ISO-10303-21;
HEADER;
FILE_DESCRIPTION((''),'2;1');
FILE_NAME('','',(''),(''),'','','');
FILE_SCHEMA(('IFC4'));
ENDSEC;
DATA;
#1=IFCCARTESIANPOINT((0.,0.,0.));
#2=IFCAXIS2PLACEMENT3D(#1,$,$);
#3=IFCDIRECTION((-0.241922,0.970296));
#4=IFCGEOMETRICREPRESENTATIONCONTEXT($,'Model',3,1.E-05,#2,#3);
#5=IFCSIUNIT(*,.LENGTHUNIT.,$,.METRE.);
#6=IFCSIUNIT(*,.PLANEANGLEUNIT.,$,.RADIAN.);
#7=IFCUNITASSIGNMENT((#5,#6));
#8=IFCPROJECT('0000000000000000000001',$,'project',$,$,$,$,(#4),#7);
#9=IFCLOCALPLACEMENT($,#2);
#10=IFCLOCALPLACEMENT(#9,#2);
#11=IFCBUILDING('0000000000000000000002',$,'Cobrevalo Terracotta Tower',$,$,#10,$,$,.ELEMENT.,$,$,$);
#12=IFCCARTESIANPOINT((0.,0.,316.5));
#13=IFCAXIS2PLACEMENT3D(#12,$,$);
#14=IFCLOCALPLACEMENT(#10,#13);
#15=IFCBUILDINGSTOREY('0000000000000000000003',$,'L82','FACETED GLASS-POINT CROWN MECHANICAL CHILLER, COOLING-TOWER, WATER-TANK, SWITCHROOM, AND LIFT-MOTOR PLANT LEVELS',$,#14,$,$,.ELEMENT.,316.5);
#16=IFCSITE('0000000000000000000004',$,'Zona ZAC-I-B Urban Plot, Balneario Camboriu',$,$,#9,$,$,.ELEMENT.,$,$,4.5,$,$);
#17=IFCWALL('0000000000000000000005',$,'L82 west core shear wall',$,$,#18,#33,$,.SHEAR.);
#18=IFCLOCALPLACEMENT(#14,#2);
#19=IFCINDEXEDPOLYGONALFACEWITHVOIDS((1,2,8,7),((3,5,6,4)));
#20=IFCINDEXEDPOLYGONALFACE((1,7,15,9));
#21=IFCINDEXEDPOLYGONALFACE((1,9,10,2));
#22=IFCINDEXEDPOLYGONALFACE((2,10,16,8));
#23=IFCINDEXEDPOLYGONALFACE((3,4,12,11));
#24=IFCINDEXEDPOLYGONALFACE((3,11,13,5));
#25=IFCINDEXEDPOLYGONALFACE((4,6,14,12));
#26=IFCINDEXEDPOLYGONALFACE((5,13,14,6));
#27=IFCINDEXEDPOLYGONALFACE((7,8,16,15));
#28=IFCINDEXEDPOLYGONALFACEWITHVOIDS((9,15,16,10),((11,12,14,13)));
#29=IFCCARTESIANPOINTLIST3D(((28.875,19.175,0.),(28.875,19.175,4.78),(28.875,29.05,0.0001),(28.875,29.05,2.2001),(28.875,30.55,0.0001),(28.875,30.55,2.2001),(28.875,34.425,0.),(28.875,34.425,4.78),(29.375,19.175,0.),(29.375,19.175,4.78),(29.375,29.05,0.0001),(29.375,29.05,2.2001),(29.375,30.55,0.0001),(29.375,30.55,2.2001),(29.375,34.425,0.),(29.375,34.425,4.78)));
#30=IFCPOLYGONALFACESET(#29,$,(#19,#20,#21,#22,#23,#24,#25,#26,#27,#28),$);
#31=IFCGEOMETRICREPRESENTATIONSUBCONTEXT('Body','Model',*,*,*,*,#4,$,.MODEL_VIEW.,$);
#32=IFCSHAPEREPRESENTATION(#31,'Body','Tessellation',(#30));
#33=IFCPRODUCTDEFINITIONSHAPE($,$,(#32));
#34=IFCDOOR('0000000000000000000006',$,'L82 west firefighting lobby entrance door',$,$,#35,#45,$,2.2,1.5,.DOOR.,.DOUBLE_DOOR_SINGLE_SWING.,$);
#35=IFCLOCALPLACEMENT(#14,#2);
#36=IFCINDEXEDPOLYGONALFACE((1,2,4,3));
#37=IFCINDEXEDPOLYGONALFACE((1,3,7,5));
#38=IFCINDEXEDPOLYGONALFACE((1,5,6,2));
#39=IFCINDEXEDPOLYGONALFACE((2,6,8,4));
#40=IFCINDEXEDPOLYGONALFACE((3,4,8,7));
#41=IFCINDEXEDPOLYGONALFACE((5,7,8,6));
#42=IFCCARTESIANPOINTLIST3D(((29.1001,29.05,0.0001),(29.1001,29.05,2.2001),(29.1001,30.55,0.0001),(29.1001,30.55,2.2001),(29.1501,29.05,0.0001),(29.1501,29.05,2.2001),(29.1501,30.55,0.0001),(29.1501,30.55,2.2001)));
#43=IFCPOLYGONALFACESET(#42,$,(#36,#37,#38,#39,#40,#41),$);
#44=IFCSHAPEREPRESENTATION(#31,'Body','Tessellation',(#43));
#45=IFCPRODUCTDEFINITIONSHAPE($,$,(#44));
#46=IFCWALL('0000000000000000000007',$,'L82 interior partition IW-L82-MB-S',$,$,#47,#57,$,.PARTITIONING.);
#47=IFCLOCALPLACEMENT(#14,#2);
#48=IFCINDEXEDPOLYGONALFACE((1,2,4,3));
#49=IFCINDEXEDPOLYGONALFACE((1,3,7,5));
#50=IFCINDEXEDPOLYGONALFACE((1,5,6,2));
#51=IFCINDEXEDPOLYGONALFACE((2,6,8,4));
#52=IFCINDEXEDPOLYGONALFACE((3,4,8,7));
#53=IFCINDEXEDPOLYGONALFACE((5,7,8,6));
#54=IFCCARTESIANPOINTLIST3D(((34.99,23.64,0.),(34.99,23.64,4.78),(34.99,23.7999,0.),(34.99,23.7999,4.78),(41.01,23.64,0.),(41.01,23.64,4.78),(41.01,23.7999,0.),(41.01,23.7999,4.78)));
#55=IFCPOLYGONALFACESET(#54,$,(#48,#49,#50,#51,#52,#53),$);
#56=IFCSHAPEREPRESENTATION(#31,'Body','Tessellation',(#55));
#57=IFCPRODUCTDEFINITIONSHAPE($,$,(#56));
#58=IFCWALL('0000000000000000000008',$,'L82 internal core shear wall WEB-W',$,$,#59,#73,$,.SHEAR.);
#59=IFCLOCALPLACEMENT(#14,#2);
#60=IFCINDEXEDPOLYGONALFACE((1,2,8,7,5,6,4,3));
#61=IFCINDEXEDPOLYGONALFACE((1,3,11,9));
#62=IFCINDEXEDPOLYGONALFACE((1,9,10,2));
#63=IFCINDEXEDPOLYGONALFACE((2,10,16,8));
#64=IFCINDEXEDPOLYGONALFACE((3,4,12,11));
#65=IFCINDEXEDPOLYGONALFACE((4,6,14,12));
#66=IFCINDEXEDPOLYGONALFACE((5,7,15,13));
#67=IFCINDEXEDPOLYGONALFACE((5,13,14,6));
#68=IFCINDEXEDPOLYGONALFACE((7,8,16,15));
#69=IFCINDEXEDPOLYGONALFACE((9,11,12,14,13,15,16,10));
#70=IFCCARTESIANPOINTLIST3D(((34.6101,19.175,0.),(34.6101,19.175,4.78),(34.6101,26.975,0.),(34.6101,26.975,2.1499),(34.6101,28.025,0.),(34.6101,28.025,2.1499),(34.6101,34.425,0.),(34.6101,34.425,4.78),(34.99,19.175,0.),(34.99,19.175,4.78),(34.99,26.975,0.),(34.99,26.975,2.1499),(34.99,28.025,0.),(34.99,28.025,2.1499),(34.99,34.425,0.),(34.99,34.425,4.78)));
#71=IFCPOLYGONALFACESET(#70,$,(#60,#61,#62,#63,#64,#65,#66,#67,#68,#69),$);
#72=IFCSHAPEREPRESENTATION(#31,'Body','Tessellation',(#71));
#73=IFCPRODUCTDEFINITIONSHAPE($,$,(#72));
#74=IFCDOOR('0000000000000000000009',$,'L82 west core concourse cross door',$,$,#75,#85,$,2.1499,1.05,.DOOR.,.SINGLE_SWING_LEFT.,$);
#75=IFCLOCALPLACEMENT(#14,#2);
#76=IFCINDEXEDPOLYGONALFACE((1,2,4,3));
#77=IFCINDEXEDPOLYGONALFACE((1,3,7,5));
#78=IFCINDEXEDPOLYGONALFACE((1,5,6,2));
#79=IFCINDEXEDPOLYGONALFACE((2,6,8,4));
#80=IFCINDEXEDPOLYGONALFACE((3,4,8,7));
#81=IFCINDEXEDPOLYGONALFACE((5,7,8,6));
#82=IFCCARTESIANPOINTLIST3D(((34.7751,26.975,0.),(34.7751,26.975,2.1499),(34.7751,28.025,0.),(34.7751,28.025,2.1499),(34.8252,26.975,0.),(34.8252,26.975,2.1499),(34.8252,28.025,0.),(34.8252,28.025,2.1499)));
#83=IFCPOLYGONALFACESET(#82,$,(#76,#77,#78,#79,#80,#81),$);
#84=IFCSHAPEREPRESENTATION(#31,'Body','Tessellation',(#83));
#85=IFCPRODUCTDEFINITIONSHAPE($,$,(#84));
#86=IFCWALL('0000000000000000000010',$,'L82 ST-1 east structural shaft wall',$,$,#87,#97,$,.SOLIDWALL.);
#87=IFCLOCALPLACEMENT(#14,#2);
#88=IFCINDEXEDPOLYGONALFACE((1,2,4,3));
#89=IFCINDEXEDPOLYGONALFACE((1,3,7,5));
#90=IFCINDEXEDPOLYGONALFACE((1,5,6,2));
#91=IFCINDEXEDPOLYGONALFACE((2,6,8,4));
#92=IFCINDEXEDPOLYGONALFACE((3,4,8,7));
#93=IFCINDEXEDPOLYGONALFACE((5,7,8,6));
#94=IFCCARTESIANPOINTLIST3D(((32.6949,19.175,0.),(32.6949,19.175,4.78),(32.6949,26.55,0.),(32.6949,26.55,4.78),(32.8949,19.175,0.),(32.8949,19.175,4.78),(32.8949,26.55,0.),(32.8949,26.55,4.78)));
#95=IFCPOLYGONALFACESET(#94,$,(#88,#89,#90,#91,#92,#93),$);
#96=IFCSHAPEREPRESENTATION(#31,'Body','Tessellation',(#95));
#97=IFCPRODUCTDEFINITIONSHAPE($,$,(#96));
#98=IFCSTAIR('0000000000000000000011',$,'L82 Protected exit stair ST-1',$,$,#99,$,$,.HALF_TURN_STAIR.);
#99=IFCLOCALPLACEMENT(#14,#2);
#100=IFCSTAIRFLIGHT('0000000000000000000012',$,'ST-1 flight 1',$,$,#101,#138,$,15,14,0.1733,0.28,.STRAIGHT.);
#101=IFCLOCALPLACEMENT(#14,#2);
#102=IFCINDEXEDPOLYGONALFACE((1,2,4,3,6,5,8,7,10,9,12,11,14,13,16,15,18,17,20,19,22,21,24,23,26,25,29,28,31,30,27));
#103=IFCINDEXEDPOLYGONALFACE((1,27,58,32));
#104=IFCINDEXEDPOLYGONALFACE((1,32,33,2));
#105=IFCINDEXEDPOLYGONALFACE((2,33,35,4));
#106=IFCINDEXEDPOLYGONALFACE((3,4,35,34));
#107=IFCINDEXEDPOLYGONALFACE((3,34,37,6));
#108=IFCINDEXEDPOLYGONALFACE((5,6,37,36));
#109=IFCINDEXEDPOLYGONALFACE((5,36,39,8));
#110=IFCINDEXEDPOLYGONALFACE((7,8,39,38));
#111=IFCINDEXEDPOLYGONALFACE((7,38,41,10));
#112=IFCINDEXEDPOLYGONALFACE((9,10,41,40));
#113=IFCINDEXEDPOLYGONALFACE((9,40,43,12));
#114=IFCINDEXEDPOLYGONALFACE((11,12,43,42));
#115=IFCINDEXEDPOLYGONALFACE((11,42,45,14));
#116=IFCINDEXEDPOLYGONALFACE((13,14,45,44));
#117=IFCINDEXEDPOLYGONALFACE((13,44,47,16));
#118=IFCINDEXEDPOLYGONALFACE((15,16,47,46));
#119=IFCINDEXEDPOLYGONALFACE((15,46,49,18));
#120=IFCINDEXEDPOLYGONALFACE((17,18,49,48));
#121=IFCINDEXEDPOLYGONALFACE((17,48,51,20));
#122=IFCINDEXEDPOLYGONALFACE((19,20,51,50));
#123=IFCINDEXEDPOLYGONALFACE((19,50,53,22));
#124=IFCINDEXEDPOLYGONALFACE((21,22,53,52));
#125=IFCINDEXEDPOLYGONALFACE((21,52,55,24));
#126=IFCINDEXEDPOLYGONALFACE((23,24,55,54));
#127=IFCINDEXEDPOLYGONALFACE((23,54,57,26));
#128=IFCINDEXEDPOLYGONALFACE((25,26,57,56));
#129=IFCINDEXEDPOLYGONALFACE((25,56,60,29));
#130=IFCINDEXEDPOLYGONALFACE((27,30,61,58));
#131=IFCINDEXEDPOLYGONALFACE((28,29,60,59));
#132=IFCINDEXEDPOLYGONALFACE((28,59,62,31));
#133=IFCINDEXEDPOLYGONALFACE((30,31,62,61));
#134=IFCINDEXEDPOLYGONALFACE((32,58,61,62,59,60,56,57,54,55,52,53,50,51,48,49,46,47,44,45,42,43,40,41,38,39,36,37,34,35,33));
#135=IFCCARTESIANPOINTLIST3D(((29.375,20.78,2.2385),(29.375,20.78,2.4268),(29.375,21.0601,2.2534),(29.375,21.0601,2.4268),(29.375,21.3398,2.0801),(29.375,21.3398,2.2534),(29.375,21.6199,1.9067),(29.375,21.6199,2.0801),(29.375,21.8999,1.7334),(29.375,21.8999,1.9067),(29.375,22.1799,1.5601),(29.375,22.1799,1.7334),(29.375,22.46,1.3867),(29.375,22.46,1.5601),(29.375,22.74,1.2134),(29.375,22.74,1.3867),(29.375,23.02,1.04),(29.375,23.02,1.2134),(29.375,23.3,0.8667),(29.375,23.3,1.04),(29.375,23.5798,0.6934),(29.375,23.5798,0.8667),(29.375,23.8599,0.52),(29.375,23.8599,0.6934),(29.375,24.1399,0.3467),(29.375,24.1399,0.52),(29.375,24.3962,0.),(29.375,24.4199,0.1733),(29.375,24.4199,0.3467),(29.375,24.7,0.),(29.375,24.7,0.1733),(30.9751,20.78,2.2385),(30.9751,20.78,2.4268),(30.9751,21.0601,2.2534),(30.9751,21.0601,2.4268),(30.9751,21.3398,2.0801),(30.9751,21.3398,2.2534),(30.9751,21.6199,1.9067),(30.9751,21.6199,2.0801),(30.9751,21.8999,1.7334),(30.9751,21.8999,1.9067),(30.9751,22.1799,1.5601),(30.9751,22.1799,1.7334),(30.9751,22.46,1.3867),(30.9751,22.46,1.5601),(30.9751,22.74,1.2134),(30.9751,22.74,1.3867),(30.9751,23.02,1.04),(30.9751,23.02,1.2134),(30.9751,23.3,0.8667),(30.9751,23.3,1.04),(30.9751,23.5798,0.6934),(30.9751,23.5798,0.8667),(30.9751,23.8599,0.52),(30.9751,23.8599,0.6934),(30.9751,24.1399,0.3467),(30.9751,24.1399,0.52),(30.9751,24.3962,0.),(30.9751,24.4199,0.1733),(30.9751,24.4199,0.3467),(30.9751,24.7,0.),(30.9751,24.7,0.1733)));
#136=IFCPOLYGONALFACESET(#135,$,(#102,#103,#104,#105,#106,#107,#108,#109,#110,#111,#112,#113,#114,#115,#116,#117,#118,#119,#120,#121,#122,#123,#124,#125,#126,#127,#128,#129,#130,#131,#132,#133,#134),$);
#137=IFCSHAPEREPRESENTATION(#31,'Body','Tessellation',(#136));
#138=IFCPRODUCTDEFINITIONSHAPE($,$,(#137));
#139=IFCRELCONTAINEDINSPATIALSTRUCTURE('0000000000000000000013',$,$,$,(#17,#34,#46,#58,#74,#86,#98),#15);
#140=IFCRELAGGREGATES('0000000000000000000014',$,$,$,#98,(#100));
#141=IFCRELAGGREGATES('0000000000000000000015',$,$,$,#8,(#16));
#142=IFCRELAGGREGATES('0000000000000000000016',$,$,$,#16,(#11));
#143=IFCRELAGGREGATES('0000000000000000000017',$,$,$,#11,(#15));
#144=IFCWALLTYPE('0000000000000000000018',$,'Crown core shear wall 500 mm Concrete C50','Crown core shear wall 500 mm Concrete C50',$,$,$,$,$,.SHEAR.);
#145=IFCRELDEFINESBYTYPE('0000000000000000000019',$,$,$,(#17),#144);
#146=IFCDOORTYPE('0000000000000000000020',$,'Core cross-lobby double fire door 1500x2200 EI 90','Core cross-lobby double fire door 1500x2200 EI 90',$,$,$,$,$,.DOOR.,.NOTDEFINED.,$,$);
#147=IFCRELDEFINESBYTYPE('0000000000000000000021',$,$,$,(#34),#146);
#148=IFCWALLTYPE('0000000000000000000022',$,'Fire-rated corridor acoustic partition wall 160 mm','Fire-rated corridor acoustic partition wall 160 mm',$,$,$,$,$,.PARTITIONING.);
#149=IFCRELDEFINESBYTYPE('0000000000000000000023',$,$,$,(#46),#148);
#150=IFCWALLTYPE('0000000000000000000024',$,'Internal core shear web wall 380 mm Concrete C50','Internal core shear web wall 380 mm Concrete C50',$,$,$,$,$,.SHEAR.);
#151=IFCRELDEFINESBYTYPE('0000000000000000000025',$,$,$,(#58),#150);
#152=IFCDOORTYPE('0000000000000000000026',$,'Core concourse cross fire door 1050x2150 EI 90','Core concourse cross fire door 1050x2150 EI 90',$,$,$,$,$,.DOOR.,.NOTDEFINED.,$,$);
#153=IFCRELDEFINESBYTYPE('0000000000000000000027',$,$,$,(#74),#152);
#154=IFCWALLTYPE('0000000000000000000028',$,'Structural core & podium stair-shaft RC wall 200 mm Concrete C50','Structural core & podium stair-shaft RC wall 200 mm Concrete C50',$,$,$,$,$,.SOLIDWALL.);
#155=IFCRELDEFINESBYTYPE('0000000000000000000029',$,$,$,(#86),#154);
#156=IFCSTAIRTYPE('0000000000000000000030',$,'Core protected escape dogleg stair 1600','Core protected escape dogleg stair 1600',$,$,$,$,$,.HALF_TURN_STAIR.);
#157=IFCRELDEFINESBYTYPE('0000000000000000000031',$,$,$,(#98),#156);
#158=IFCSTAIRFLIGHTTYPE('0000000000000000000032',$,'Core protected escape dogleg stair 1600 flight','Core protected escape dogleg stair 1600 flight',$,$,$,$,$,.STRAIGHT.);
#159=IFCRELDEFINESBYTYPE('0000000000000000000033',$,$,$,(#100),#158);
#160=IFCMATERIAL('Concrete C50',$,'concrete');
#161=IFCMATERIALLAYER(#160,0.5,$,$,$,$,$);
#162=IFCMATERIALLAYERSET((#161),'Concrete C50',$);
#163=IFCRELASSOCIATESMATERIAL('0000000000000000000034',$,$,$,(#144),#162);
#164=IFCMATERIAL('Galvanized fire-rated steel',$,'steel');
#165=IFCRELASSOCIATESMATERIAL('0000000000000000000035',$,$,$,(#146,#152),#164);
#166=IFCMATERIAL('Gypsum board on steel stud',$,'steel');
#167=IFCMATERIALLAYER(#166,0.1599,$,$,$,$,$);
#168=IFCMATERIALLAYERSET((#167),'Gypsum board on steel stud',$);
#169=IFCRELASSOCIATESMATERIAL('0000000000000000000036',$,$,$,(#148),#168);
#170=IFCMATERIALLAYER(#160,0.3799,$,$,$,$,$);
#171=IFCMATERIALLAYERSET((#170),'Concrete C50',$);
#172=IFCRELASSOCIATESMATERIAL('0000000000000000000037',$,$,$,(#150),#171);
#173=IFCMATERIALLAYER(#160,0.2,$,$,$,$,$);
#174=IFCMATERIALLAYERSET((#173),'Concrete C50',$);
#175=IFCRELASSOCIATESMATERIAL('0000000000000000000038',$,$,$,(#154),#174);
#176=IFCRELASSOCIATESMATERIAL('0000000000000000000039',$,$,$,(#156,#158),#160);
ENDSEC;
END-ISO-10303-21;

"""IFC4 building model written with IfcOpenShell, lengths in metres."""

from ifc_helpers import new_model, si_unit, direction, frame, frame_2d, origin, place, context, subcontext, project, spatial, polyline, rectangle, outline, extrude, source, transform, mapped, material, layer, layer_set, type_object, element, fill, aggregate, save


model = new_model("IFC4")

# Units and contexts
model_context = context("Model", 3, precision=1e-05, world=origin(), true_north=direction((-0.241922, 0.970296)))
body_context = subcontext(model_context, "Body", "Model", "MODEL_VIEW")
ifc_project = project(units=[si_unit("LENGTHUNIT", "METRE"), si_unit("PLANEANGLEUNIT", "RADIAN")], contexts=[model_context])

# Site, building, storey
site_placement = place(None, origin())
site = spatial("IfcSite", under=ifc_project, at=site_placement, Name="Zona ZAC-I-B Urban Plot, Balneario Camboriu", CompositionType="ELEMENT", RefElevation=4.5)
building_placement = place(site_placement, origin())
building = spatial("IfcBuilding", under=site, at=building_placement, Name="Cobrevalo Terracotta Tower", CompositionType="ELEMENT")
storey_placement = place(building_placement, frame((0.0, 0.0, 316.5)))
storey = spatial("IfcBuildingStorey", under=building, at=storey_placement, Name="L82", Description="FACETED GLASS-POINT CROWN MECHANICAL CHILLER, COOLING-TOWER, WATER-TANK, SWITCHROOM, AND LIFT-MOTOR PLANT LEVELS", CompositionType="ELEMENT", Elevation=316.5)

# Shared definitions
ifc_material_1 = material(Name="Concrete C50", Category="concrete")

# Wall, opening, door
ifc_layer_1 = layer(ifc_material_1, 0.5)
ifc_layer_set_1 = layer_set([ifc_layer_1], Name="Concrete C50")
wall_type_1 = type_object("IfcWallType", Name="Crown core shear wall 500 mm Concrete C50", Description="Crown core shear wall 500 mm Concrete C50", PredefinedType="SHEAR", material=ifc_layer_set_1)
wall_1_placement = place(storey_placement, frame((29.125, 19.175, 0.0), z_axis=(0.0, 0.0, 1.0), x_axis=(0.0, 1.0, 0.0)))
wall_1 = element("IfcWall", 1, at=wall_1_placement, inside=storey, type_object=wall_type_1, Name="L82 west core shear wall", PredefinedType="SHEAR", context=body_context, shape_type="SweptSolid", body=[
    extrude(rectangle(XDim=15.25, YDim=0.5, at=frame_2d((7.625, 0.0))), origin(), (0.0, 0.0, 1.0), 4.78),
])
opening_1_placement = place(wall_1_placement, frame((9.875, 0.0, 0.0)))
opening_1 = element("IfcOpeningElement", 2, at=opening_1_placement, cuts=wall_1, PredefinedType="OPENING", context=body_context, shape_type="SweptSolid", body=[
    extrude(rectangle(XDim=1.5, YDim=2.2, at=frame_2d((0.75, 1.1001))), frame((0.0, 0.26, 0.0), z_axis=(0.0, -1.0, 0.0), x_axis=(1.0, 0.0, 0.0)), (0.0, 0.0, 1.0), 0.52),
])
ifc_material_2 = material(Name="Galvanized fire-rated steel", Category="steel")
door_type_1 = type_object("IfcDoorType", Name="Core cross-lobby double fire door 1500x2200 EI 90", Description="Core cross-lobby double fire door 1500x2200 EI 90", OperationType="NOTDEFINED", PredefinedType="DOOR", material=ifc_material_2)
shared_shape_1 = source(origin(), body_context, "Body", "SweptSolid", [
    extrude(rectangle(XDim=1.5, YDim=2.2, at=frame_2d((0.75, 1.1001))), frame((0.0, 0.0249, 0.0), z_axis=(0.0, -1.0, 0.0), x_axis=(1.0, 0.0, 0.0)), (0.0, 0.0, 1.0), 0.05),
])
door_1_placement = place(opening_1_placement, origin())
door_1 = element("IfcDoor", 3, at=door_1_placement, inside=storey, type_object=door_type_1, Name="L82 west firefighting lobby entrance door", OperationType="DOUBLE_DOOR_SINGLE_SWING", OverallHeight=2.2, OverallWidth=1.5, PredefinedType="DOOR", context=body_context, shape_type="MappedRepresentation", body=[
    mapped(shared_shape_1, transform((0.0, 0.0, 0.0), scale=1.0)),
])
fill(opening_1, door_1)

# Wall
ifc_material_3 = material(Name="Gypsum board on steel stud", Category="steel")
ifc_layer_2 = layer(ifc_material_3, 0.1599)
ifc_layer_set_2 = layer_set([ifc_layer_2], Name="Gypsum board on steel stud")
wall_type_2 = type_object("IfcWallType", Name="Fire-rated corridor acoustic partition wall 160 mm", Description="Fire-rated corridor acoustic partition wall 160 mm", PredefinedType="PARTITIONING", material=ifc_layer_set_2)
wall_2_placement = place(storey_placement, frame((34.99, 23.72, 0.0), z_axis=(0.0, 0.0, 1.0), x_axis=(1.0, 0.0, 0.0)))
element("IfcWall", 4, at=wall_2_placement, inside=storey, type_object=wall_type_2, Name="L82 interior partition IW-L82-MB-S", PredefinedType="PARTITIONING", context=body_context, shape_type="SweptSolid", body=[
    extrude(rectangle(XDim=6.02, YDim=0.1599, at=frame_2d((3.01, 0.0))), origin(), (0.0, 0.0, 1.0), 4.78),
])

# Wall, opening, door
ifc_layer_3 = layer(ifc_material_1, 0.3799)
ifc_layer_set_3 = layer_set([ifc_layer_3], Name="Concrete C50")
wall_type_3 = type_object("IfcWallType", Name="Internal core shear web wall 380 mm Concrete C50", Description="Internal core shear web wall 380 mm Concrete C50", PredefinedType="SHEAR", material=ifc_layer_set_3)
wall_3_placement = place(storey_placement, frame((34.8, 19.175, 0.0), z_axis=(0.0, 0.0, 1.0), x_axis=(0.0, 1.0, 0.0)))
wall_3 = element("IfcWall", 5, at=wall_3_placement, inside=storey, type_object=wall_type_3, Name="L82 internal core shear wall WEB-W", PredefinedType="SHEAR", context=body_context, shape_type="SweptSolid", body=[
    extrude(rectangle(XDim=15.25, YDim=0.3799, at=frame_2d((7.625, 0.0))), origin(), (0.0, 0.0, 1.0), 4.78),
])
opening_2_placement = place(wall_3_placement, frame((7.8, 0.0, 0.0)))
opening_2 = element("IfcOpeningElement", 6, at=opening_2_placement, cuts=wall_3, PredefinedType="OPENING", context=body_context, shape_type="SweptSolid", body=[
    extrude(rectangle(XDim=1.05, YDim=2.1499, at=frame_2d((0.5249, 1.075))), frame((0.0, 0.2, 0.0), z_axis=(0.0, -1.0, 0.0), x_axis=(1.0, 0.0, 0.0)), (0.0, 0.0, 1.0), 0.3999),
])
door_type_2 = type_object("IfcDoorType", Name="Core concourse cross fire door 1050x2150 EI 90", Description="Core concourse cross fire door 1050x2150 EI 90", OperationType="NOTDEFINED", PredefinedType="DOOR", material=ifc_material_2)
shared_shape_2 = source(origin(), body_context, "Body", "SweptSolid", [
    extrude(rectangle(XDim=1.05, YDim=2.1499, at=frame_2d((0.5249, 1.075))), frame((0.0, 0.0249, 0.0), z_axis=(0.0, -1.0, 0.0), x_axis=(1.0, 0.0, 0.0)), (0.0, 0.0, 1.0), 0.05),
])
door_2_placement = place(opening_2_placement, origin())
door_2 = element("IfcDoor", 7, at=door_2_placement, inside=storey, type_object=door_type_2, Name="L82 west core concourse cross door", OperationType="SINGLE_SWING_LEFT", OverallHeight=2.1499, OverallWidth=1.05, PredefinedType="DOOR", context=body_context, shape_type="MappedRepresentation", body=[
    mapped(shared_shape_2, transform((0.0, 0.0, 0.0), scale=1.0)),
])
fill(opening_2, door_2)

# Wall
ifc_layer_4 = layer(ifc_material_1, 0.2)
ifc_layer_set_4 = layer_set([ifc_layer_4], Name="Concrete C50")
wall_type_4 = type_object("IfcWallType", Name="Structural core & podium stair-shaft RC wall 200 mm Concrete C50", Description="Structural core & podium stair-shaft RC wall 200 mm Concrete C50", PredefinedType="SOLIDWALL", material=ifc_layer_set_4)
wall_4_placement = place(storey_placement, frame((32.7949, 19.175, 0.0), z_axis=(0.0, 0.0, 1.0), x_axis=(0.0, 1.0, 0.0)))
element("IfcWall", 8, at=wall_4_placement, inside=storey, type_object=wall_type_4, Name="L82 ST-1 east structural shaft wall", PredefinedType="SOLIDWALL", context=body_context, shape_type="SweptSolid", body=[
    extrude(rectangle(XDim=7.375, YDim=0.2, at=frame_2d((3.6875, 0.0))), origin(), (0.0, 0.0, 1.0), 4.78),
])

# Stair, stair flight
stair_type = type_object("IfcStairType", Name="Core protected escape dogleg stair 1600", Description="Core protected escape dogleg stair 1600", PredefinedType="HALF_TURN_STAIR", material=ifc_material_1)
stair_placement = place(storey_placement, origin())
stair = element("IfcStair", 9, at=stair_placement, inside=storey, type_object=stair_type, Name="L82 Protected exit stair ST-1", PredefinedType="HALF_TURN_STAIR")
stair_flight_type = type_object("IfcStairFlightType", Name="Core protected escape dogleg stair 1600 flight", Description="Core protected escape dogleg stair 1600 flight", PredefinedType="STRAIGHT", material=ifc_material_1)
stair_flight_1_placement = place(storey_placement, frame((30.175, 24.7, 0.0), z_axis=(0.0, 0.0, 1.0), x_axis=(0.0, -1.0, 0.0)))
stair_flight_1 = element("IfcStairFlight", 10, at=stair_flight_1_placement, type_object=stair_flight_type, Name="ST-1 flight 1", NumberOfRisers=15, NumberOfTreads=14, PredefinedType="STRAIGHT", RiserHeight=0.1733, TreadLength=0.28, context=body_context, shape_type="SweptSolid", body=[
    extrude(outline(polyline([(0.0, 0.0), (0.0, 0.1733), (0.28, 0.1733), (0.28, 0.3467), (0.5601, 0.3467), (0.5601, 0.52), (0.8401, 0.52), (0.8401, 0.6934), (1.1201, 0.6934), (1.1201, 0.8667), (1.3999, 0.8667), (1.3999, 1.04), (1.6799, 1.04), (1.6799, 1.2134), (1.96, 1.2134), (1.96, 1.3867), (2.24, 1.3867), (2.24, 1.5601), (2.52, 1.5601), (2.52, 1.7334), (2.8, 1.7334), (2.8, 1.9067), (3.0801, 1.9067), (3.0801, 2.0801), (3.3601, 2.0801), (3.3601, 2.2534), (3.6399, 2.2534), (3.6399, 2.4268), (3.9199, 2.4268), (3.9199, 2.6001), (3.9199, 2.2385), (0.3037, 0.0), (0.0, 0.0)])), frame((0.0, 0.8, 0.0), z_axis=(0.0, -1.0, 0.0), x_axis=(1.0, 0.0, 0.0)), (0.0, 0.0, 1.0), 1.6001),
])
aggregate(stair, [stair_flight_1])

save(model, "model.ifc")
